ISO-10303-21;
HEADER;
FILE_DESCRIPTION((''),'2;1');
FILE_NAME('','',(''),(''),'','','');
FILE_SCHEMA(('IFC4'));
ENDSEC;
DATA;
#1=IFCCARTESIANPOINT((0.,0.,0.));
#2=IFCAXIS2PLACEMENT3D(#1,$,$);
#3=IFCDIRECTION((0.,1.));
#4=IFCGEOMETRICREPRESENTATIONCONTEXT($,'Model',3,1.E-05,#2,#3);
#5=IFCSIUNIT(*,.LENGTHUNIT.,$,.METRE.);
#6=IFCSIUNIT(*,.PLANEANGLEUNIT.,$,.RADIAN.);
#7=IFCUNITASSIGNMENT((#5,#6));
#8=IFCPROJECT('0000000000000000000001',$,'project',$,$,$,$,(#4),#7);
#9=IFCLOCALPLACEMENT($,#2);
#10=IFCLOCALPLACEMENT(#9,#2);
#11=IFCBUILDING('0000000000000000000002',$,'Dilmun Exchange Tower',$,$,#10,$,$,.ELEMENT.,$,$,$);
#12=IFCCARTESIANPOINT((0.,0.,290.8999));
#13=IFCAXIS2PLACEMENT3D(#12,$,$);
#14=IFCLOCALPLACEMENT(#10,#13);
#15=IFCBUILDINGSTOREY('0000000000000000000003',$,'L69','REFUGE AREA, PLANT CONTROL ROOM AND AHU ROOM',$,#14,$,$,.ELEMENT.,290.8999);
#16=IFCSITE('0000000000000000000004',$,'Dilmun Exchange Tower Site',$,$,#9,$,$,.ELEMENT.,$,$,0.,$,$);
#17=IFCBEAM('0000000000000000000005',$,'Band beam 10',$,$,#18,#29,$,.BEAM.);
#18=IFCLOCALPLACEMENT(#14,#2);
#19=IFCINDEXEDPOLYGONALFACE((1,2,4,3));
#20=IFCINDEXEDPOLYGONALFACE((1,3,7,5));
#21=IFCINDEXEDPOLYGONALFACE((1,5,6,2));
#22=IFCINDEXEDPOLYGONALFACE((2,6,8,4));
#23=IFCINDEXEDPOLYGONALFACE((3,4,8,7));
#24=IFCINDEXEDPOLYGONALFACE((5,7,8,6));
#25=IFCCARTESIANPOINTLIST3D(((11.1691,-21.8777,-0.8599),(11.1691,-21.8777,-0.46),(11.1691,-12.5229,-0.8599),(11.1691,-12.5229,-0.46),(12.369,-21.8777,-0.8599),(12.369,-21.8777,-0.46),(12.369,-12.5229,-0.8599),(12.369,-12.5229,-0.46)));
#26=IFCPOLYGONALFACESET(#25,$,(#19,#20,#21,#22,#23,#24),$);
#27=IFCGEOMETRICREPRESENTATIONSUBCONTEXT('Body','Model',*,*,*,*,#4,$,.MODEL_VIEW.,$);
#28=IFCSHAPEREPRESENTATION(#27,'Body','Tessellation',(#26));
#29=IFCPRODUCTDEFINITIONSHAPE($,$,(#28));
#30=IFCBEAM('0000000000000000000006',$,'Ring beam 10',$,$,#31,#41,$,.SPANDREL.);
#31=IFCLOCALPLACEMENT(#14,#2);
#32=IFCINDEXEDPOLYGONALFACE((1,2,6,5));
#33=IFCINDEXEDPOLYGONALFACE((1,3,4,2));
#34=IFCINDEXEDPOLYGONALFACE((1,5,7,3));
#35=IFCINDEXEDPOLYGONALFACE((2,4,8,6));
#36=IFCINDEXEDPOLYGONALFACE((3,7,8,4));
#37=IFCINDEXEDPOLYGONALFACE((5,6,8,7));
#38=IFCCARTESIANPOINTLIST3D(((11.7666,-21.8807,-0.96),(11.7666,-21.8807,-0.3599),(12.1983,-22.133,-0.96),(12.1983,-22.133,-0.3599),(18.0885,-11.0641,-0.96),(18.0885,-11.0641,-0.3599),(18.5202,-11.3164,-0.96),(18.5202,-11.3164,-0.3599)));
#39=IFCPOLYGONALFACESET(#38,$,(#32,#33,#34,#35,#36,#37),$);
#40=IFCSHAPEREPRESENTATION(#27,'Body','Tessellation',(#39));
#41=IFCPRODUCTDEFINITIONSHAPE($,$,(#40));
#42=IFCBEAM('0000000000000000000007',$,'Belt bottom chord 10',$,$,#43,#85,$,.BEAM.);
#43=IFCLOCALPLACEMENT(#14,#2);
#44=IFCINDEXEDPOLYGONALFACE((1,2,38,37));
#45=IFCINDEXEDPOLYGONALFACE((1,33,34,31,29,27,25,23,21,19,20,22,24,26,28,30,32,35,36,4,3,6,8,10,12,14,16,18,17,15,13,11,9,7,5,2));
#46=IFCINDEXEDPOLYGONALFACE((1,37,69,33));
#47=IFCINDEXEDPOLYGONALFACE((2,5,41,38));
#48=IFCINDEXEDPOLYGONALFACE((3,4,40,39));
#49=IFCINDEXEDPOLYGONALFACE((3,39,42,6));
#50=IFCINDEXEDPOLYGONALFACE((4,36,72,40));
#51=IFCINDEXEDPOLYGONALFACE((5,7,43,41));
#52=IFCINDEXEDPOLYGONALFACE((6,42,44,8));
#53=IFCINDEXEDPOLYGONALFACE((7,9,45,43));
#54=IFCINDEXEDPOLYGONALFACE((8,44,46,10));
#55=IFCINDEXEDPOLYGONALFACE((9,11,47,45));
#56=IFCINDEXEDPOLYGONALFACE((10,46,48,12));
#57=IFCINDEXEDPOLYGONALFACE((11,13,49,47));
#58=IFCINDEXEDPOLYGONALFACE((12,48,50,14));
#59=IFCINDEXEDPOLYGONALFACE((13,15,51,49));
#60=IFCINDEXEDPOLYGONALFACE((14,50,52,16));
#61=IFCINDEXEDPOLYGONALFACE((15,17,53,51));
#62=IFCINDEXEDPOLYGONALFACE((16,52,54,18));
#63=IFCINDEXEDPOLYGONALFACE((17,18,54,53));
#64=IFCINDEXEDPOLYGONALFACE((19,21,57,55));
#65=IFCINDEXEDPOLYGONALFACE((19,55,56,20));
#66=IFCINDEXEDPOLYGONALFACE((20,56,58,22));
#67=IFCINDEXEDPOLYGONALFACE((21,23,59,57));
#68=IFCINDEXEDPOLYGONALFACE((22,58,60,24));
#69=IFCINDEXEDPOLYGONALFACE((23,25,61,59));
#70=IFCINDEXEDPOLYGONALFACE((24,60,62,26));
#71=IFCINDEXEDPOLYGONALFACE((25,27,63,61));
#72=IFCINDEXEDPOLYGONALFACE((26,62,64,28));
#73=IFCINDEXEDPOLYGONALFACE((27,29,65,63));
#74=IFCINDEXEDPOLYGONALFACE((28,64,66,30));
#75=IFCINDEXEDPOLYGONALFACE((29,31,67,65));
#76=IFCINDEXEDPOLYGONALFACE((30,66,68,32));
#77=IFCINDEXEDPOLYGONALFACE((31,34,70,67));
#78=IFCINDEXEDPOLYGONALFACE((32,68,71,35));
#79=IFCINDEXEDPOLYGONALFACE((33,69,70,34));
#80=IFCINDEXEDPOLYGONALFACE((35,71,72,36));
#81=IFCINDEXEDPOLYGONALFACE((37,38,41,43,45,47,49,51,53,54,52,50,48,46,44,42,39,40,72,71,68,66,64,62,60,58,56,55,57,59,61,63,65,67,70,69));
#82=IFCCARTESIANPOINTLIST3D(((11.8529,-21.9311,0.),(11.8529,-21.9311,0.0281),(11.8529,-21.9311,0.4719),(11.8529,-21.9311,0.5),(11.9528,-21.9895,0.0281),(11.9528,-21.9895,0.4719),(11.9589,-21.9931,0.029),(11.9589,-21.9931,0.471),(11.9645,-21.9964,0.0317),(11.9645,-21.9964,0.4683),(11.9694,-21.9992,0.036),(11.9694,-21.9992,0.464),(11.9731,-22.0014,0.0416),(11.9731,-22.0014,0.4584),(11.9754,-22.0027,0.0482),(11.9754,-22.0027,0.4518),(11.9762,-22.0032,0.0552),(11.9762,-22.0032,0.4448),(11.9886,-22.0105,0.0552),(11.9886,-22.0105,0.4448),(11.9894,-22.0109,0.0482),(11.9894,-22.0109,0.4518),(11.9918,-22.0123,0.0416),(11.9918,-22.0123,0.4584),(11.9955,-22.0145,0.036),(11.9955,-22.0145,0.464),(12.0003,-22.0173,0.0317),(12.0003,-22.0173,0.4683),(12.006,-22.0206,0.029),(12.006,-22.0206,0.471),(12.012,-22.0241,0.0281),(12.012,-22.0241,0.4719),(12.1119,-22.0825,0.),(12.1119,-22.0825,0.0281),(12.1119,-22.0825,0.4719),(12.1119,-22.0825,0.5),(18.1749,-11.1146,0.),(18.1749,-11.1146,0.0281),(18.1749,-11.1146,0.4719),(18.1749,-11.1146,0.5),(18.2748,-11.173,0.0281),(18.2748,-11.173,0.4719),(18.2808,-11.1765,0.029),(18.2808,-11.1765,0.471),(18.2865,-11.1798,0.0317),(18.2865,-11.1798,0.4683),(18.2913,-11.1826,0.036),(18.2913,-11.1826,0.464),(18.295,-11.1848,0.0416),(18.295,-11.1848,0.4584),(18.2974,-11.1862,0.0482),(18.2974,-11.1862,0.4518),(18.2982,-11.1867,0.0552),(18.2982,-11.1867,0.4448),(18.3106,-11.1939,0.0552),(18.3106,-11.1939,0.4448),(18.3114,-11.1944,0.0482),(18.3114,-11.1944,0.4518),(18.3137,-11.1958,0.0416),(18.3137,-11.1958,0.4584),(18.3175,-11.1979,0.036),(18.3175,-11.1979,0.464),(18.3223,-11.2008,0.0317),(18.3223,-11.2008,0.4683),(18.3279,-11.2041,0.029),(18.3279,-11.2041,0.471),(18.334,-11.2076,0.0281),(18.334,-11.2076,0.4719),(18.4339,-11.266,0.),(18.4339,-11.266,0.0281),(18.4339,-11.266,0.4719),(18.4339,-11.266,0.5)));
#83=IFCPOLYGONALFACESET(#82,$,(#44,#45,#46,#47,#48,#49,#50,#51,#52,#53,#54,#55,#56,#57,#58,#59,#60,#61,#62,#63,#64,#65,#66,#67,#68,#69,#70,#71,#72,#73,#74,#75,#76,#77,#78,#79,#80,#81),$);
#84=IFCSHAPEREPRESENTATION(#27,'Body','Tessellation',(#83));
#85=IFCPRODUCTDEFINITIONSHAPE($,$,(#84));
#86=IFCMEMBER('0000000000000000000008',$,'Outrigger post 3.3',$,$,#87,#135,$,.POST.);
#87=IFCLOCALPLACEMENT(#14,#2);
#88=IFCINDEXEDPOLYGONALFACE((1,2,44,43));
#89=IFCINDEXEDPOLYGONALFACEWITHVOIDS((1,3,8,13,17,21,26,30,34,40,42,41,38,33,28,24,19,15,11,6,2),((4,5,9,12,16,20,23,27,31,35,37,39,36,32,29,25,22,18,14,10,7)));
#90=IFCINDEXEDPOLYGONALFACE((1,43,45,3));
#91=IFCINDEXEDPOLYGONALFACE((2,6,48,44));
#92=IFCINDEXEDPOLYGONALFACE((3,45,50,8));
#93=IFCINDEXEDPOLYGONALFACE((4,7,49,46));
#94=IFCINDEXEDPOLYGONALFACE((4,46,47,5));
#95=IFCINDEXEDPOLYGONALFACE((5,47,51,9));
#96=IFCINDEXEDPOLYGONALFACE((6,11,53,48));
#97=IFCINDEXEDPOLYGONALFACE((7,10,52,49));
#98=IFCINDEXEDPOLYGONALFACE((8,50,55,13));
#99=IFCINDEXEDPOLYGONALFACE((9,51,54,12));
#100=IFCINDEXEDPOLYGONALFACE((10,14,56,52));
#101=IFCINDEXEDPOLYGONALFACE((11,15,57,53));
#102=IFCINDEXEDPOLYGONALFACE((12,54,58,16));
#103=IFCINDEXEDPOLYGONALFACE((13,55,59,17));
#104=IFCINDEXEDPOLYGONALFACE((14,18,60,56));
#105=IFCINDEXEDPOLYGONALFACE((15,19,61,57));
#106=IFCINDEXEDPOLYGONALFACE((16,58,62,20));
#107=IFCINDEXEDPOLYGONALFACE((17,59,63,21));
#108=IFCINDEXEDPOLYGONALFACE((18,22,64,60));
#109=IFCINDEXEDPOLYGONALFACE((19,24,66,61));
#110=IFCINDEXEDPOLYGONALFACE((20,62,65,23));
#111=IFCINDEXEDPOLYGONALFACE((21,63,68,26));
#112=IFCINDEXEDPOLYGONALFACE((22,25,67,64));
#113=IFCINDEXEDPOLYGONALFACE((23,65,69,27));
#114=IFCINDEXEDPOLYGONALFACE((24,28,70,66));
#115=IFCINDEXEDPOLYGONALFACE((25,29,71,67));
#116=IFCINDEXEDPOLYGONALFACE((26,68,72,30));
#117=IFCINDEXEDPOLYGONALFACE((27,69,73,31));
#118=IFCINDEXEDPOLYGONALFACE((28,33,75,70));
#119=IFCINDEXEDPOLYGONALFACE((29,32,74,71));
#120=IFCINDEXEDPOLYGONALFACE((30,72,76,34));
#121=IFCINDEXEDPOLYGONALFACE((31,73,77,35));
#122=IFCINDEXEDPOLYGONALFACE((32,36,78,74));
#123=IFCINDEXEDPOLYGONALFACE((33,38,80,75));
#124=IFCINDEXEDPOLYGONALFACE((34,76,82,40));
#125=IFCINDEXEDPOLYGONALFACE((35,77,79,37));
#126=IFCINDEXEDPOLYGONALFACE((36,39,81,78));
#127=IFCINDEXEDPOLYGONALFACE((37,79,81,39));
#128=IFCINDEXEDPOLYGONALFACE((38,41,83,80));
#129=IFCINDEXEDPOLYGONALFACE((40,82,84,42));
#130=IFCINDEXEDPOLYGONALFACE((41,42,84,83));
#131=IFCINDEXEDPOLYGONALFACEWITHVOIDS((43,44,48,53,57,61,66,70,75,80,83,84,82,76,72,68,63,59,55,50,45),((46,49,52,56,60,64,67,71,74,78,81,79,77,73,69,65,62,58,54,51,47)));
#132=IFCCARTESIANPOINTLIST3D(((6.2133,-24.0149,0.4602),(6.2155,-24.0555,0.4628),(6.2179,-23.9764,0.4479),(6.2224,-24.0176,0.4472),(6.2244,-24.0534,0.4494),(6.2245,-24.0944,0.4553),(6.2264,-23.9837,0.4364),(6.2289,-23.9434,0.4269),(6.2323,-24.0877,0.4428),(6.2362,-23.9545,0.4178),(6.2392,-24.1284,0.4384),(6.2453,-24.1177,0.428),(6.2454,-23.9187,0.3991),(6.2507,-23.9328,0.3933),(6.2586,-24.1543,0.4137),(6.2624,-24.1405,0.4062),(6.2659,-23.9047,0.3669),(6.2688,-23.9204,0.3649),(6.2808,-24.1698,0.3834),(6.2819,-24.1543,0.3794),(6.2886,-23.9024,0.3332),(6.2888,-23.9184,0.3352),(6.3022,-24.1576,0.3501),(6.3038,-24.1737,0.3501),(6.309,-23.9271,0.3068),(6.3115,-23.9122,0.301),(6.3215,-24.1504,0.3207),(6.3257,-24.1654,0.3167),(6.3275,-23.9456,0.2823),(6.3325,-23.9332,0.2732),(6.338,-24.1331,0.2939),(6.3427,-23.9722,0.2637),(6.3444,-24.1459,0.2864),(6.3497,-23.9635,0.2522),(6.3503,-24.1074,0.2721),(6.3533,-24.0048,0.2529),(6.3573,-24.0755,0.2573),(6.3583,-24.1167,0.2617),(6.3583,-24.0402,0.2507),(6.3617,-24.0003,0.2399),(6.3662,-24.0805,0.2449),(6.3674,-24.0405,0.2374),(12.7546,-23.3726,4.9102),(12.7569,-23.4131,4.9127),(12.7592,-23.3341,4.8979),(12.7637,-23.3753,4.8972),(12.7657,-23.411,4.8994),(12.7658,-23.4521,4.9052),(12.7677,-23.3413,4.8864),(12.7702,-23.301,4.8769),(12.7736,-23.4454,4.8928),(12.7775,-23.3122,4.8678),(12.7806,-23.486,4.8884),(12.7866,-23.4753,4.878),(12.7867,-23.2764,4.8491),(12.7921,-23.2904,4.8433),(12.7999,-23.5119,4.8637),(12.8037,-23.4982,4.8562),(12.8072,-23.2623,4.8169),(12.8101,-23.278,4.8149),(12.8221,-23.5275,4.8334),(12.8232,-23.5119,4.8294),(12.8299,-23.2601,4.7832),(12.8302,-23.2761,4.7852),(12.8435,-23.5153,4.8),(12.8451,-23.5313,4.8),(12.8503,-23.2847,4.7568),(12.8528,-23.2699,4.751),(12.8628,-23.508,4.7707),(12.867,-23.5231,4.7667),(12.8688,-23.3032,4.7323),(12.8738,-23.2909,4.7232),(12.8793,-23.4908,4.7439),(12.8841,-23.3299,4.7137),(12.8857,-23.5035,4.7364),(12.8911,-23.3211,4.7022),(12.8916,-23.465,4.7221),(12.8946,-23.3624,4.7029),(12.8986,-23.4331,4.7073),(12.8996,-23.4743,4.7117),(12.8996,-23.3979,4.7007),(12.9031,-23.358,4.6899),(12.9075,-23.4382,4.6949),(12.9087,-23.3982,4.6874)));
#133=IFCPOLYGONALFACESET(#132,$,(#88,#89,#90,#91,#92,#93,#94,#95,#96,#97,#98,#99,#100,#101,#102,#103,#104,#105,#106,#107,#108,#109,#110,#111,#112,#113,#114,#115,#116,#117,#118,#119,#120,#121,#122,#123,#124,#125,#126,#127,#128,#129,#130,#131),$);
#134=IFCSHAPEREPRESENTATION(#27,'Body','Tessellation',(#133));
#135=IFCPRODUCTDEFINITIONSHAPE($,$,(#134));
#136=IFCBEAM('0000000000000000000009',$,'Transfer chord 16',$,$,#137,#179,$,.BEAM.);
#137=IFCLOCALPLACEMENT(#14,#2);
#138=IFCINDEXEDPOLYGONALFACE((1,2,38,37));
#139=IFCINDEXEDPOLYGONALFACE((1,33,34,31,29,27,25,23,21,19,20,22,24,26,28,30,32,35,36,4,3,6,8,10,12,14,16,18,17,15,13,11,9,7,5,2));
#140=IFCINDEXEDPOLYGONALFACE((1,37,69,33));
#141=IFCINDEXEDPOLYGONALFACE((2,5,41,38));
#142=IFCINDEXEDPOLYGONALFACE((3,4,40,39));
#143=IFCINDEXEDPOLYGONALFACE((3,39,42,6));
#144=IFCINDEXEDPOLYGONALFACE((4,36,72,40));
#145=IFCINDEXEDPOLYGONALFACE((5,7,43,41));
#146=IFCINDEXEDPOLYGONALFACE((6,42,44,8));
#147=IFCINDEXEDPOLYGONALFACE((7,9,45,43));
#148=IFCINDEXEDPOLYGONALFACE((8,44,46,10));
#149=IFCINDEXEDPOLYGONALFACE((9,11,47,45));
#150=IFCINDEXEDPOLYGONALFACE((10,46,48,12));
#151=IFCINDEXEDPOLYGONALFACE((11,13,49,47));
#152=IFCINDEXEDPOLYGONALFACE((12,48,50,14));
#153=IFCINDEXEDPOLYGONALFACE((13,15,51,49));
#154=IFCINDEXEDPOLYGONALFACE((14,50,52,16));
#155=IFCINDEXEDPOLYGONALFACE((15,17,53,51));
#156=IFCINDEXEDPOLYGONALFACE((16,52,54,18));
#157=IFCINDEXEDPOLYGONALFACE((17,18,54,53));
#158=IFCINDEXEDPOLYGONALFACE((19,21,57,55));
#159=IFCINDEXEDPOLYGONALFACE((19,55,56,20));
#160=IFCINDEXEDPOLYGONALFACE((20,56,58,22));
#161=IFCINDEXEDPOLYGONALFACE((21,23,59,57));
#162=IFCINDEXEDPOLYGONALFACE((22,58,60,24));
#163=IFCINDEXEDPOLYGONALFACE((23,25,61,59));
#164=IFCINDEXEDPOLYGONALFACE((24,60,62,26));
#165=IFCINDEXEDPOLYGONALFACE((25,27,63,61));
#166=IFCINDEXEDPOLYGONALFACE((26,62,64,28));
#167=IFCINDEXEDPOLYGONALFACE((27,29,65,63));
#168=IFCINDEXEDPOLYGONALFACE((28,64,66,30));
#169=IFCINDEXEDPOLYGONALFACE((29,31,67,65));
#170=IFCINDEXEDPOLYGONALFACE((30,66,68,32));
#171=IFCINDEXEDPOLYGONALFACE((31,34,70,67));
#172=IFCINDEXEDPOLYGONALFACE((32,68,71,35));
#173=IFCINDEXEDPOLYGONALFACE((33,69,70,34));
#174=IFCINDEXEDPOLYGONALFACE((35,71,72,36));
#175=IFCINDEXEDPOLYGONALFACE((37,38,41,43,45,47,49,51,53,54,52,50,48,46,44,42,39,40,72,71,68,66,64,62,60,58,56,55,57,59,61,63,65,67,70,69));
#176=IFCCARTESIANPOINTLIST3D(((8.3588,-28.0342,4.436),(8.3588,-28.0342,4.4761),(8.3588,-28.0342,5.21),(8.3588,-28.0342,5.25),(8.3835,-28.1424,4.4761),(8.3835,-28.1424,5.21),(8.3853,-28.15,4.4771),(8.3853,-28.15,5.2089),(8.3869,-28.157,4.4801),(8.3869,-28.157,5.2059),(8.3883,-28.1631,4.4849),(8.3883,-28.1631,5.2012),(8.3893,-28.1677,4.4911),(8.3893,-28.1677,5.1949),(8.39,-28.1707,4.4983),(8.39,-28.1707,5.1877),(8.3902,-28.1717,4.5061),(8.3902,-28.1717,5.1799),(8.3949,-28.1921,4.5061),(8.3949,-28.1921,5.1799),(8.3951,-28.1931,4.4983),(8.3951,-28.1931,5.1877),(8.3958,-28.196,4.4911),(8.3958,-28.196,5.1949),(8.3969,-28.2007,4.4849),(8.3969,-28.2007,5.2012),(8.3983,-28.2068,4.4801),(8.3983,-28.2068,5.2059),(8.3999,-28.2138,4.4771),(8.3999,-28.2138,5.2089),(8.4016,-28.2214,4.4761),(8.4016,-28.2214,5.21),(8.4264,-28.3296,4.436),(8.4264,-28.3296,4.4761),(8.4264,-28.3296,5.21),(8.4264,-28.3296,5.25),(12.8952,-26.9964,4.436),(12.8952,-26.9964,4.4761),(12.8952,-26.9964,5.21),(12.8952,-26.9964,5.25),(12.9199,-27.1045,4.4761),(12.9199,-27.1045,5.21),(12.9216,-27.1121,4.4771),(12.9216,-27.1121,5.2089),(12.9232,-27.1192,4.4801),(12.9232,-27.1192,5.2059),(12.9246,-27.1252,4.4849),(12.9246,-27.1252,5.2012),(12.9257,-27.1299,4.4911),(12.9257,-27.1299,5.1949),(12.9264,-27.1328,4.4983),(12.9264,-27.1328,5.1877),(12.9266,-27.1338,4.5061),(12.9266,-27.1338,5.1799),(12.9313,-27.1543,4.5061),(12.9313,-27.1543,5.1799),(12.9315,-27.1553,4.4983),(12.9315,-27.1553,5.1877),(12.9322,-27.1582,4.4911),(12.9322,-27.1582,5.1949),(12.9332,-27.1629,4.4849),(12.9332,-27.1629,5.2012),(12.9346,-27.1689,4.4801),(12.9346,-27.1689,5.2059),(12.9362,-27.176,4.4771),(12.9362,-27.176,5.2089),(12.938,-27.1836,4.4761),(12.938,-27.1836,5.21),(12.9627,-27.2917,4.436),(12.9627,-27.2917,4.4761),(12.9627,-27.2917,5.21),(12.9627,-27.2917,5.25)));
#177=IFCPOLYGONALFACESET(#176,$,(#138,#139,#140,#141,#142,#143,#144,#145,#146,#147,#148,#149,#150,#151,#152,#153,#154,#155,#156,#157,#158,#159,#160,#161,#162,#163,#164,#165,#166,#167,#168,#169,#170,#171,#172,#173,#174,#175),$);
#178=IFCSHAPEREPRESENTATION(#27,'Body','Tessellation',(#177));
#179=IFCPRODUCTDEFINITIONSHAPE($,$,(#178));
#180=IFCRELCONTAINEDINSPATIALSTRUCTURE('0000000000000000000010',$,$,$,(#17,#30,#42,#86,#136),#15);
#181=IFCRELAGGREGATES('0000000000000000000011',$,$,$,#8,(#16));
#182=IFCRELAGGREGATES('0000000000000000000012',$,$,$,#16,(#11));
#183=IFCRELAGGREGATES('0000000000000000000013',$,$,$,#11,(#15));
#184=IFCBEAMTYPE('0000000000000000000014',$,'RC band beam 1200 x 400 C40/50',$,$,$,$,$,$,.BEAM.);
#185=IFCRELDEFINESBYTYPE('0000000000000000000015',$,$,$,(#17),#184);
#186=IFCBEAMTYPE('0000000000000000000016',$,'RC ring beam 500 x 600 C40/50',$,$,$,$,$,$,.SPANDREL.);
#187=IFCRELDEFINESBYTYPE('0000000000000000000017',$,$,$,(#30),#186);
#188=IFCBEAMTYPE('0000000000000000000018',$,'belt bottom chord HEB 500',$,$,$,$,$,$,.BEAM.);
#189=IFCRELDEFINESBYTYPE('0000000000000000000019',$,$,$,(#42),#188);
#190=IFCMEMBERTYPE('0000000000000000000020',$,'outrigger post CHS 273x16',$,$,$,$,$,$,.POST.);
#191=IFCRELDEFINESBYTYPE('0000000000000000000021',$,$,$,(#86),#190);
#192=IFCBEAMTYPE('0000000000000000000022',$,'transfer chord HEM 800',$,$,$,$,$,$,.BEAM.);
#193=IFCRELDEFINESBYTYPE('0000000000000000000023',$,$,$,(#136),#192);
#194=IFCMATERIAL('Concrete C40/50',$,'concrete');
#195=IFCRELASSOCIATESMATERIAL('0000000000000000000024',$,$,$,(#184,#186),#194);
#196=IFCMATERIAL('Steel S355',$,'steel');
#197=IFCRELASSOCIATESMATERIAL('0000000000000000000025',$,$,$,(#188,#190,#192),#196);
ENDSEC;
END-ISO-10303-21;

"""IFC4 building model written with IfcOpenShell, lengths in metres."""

from ifc_helpers import new_model, si_unit, direction, frame, origin, origin_2d, place, context, subcontext, project, spatial, rectangle, hollow_circle, i_section, extrude, material, material_profile, profile_set, type_object, element, save


model = new_model("IFC4")

# Units and contexts
model_context = context("Model", 3, precision=1e-05, world=origin(), true_north=direction((0.0, 1.0)))
body_context = subcontext(model_context, "Body", "Model", "MODEL_VIEW")
ifc_project = project(units=[si_unit("LENGTHUNIT", "METRE"), si_unit("PLANEANGLEUNIT", "RADIAN")], contexts=[model_context])

# Site, building, storey
site_placement = place(None, origin())
site = spatial("IfcSite", under=ifc_project, at=site_placement, Name="Dilmun Exchange Tower Site", CompositionType="ELEMENT", RefElevation=0.0)
building_placement = place(site_placement, origin())
building = spatial("IfcBuilding", under=site, at=building_placement, Name="Dilmun Exchange Tower", CompositionType="ELEMENT")
storey_placement = place(building_placement, frame((0.0, 0.0, 290.8999)))
storey = spatial("IfcBuildingStorey", under=building, at=storey_placement, Name="L69", Description="REFUGE AREA, PLANT CONTROL ROOM AND AHU ROOM", CompositionType="ELEMENT", Elevation=290.8999)

# Beams
ifc_material_1 = material(Name="Concrete C40/50", Category="concrete")
ifc_material_profile_1 = material_profile(ifc_material_1, rectangle(XDim=1.2, YDim=0.3999, at=origin_2d()), Name="1200 x 400")
ifc_profile_set_1 = profile_set([ifc_material_profile_1], Name="Concrete C40/50")
beam_type_1 = type_object("IfcBeamType", Name="RC band beam 1200 x 400 C40/50", PredefinedType="BEAM", material=ifc_profile_set_1)
beam_1_placement = place(storey_placement, frame((11.769, -21.8777, -0.6599), z_axis=(0.0, 1.0, 0.0), x_axis=(-1.0, 0.0, 0.0)))
element("IfcBeam", 1, at=beam_1_placement, inside=storey, type_object=beam_type_1, Name="Band beam 10", PredefinedType="BEAM", context=body_context, shape_type="SweptSolid", body=[
    extrude(rectangle(XDim=1.2, YDim=0.3999, at=origin_2d()), origin(), (0.0, 0.0, 1.0), 9.3547),
])
ifc_material_profile_2 = material_profile(ifc_material_1, rectangle(XDim=0.5, YDim=0.6001, at=origin_2d()), Name="500 x 600")
ifc_profile_set_2 = profile_set([ifc_material_profile_2], Name="Concrete C40/50")
beam_type_2 = type_object("IfcBeamType", Name="RC ring beam 500 x 600 C40/50", PredefinedType="SPANDREL", material=ifc_profile_set_2)
beam_2_placement = place(storey_placement, frame((11.9824, -22.0068, -0.6599), z_axis=(0.504604, 0.863351, 0.0), x_axis=(-0.863351, 0.504604, 0.0)))
element("IfcBeam", 2, at=beam_2_placement, inside=storey, type_object=beam_type_2, Name="Ring beam 10", PredefinedType="SPANDREL", context=body_context, shape_type="SweptSolid", body=[
    extrude(rectangle(XDim=0.5, YDim=0.6001, at=origin_2d()), origin(), (0.0, 0.0, 1.0), 12.5286),
])
ifc_material_2 = material(Name="Steel S355", Category="steel")
ifc_material_profile_3 = material_profile(ifc_material_2, i_section(OverallWidth=0.3, OverallDepth=0.5, WebThickness=0.0144, FlangeThickness=0.0281, FilletRadius=0.0271, at=origin_2d()), Name="HEB 500")
ifc_profile_set_3 = profile_set([ifc_material_profile_3], Name="Steel S355")
beam_type_3 = type_object("IfcBeamType", Name="belt bottom chord HEB 500", PredefinedType="BEAM", material=ifc_profile_set_3)
beam_3_placement = place(storey_placement, frame((11.9824, -22.0068, 0.25), z_axis=(0.504604, 0.863351, 0.0), x_axis=(-0.863351, 0.504604, 0.0)))
element("IfcBeam", 3, at=beam_3_placement, inside=storey, type_object=beam_type_3, Name="Belt bottom chord 10", PredefinedType="BEAM", context=body_context, shape_type="SweptSolid", body=[
    extrude(i_section(OverallWidth=0.3, OverallDepth=0.5, WebThickness=0.0144, FlangeThickness=0.0281, FilletRadius=0.0271, at=origin_2d()), origin(), (0.0, 0.0, 1.0), 12.5286),
])

# Member
ifc_material_profile_4 = material_profile(ifc_material_2, hollow_circle(Radius=0.1365, WallThickness=0.0161, at=origin_2d()), Name="CHS 273x16")
ifc_profile_set_4 = profile_set([ifc_material_profile_4], Name="Steel S355")
member_type_1 = type_object("IfcMemberType", Name="outrigger post CHS 273x16", PredefinedType="POST", material=ifc_profile_set_4)
member_1_placement = place(storey_placement, frame((12.8318, -23.3955, 4.8), z_axis=(-0.824103, -0.080925, -0.560629), x_axis=(0.097727, -0.995213, 0.0)))
element("IfcMember", 4, at=member_1_placement, inside=storey, type_object=member_type_1, Name="Outrigger post 3.3", PredefinedType="POST", context=body_context, shape_type="SweptSolid", body=[
    extrude(hollow_circle(Radius=0.1365, WallThickness=0.0161, at=origin_2d()), origin(), (0.0, 0.0, 1.0), 7.9375),
])

# Beam
ifc_material_profile_5 = material_profile(ifc_material_2, i_section(OverallWidth=0.303, OverallDepth=0.814, WebThickness=0.021, FlangeThickness=0.04, FilletRadius=0.03, at=origin_2d()), Name="HEM 800")
ifc_profile_set_5 = profile_set([ifc_material_profile_5], Name="Steel S355")
beam_type_4 = type_object("IfcBeamType", Name="transfer chord HEM 800", PredefinedType="BEAM", material=ifc_profile_set_5)
beam_4_placement = place(storey_placement, frame((8.3926, -28.1819, 4.843), z_axis=(0.974814, 0.22302, 0.0), x_axis=(-0.22302, 0.974814, 0.0)))
element("IfcBeam", 5, at=beam_4_placement, inside=storey, type_object=beam_type_4, Name="Transfer chord 16", PredefinedType="BEAM", context=body_context, shape_type="SweptSolid", body=[
    extrude(i_section(OverallWidth=0.303, OverallDepth=0.814, WebThickness=0.021, FlangeThickness=0.04, FilletRadius=0.03, at=origin_2d()), origin(), (0.0, 0.0, 1.0), 4.6536),
])

save(model, "model.ifc")
